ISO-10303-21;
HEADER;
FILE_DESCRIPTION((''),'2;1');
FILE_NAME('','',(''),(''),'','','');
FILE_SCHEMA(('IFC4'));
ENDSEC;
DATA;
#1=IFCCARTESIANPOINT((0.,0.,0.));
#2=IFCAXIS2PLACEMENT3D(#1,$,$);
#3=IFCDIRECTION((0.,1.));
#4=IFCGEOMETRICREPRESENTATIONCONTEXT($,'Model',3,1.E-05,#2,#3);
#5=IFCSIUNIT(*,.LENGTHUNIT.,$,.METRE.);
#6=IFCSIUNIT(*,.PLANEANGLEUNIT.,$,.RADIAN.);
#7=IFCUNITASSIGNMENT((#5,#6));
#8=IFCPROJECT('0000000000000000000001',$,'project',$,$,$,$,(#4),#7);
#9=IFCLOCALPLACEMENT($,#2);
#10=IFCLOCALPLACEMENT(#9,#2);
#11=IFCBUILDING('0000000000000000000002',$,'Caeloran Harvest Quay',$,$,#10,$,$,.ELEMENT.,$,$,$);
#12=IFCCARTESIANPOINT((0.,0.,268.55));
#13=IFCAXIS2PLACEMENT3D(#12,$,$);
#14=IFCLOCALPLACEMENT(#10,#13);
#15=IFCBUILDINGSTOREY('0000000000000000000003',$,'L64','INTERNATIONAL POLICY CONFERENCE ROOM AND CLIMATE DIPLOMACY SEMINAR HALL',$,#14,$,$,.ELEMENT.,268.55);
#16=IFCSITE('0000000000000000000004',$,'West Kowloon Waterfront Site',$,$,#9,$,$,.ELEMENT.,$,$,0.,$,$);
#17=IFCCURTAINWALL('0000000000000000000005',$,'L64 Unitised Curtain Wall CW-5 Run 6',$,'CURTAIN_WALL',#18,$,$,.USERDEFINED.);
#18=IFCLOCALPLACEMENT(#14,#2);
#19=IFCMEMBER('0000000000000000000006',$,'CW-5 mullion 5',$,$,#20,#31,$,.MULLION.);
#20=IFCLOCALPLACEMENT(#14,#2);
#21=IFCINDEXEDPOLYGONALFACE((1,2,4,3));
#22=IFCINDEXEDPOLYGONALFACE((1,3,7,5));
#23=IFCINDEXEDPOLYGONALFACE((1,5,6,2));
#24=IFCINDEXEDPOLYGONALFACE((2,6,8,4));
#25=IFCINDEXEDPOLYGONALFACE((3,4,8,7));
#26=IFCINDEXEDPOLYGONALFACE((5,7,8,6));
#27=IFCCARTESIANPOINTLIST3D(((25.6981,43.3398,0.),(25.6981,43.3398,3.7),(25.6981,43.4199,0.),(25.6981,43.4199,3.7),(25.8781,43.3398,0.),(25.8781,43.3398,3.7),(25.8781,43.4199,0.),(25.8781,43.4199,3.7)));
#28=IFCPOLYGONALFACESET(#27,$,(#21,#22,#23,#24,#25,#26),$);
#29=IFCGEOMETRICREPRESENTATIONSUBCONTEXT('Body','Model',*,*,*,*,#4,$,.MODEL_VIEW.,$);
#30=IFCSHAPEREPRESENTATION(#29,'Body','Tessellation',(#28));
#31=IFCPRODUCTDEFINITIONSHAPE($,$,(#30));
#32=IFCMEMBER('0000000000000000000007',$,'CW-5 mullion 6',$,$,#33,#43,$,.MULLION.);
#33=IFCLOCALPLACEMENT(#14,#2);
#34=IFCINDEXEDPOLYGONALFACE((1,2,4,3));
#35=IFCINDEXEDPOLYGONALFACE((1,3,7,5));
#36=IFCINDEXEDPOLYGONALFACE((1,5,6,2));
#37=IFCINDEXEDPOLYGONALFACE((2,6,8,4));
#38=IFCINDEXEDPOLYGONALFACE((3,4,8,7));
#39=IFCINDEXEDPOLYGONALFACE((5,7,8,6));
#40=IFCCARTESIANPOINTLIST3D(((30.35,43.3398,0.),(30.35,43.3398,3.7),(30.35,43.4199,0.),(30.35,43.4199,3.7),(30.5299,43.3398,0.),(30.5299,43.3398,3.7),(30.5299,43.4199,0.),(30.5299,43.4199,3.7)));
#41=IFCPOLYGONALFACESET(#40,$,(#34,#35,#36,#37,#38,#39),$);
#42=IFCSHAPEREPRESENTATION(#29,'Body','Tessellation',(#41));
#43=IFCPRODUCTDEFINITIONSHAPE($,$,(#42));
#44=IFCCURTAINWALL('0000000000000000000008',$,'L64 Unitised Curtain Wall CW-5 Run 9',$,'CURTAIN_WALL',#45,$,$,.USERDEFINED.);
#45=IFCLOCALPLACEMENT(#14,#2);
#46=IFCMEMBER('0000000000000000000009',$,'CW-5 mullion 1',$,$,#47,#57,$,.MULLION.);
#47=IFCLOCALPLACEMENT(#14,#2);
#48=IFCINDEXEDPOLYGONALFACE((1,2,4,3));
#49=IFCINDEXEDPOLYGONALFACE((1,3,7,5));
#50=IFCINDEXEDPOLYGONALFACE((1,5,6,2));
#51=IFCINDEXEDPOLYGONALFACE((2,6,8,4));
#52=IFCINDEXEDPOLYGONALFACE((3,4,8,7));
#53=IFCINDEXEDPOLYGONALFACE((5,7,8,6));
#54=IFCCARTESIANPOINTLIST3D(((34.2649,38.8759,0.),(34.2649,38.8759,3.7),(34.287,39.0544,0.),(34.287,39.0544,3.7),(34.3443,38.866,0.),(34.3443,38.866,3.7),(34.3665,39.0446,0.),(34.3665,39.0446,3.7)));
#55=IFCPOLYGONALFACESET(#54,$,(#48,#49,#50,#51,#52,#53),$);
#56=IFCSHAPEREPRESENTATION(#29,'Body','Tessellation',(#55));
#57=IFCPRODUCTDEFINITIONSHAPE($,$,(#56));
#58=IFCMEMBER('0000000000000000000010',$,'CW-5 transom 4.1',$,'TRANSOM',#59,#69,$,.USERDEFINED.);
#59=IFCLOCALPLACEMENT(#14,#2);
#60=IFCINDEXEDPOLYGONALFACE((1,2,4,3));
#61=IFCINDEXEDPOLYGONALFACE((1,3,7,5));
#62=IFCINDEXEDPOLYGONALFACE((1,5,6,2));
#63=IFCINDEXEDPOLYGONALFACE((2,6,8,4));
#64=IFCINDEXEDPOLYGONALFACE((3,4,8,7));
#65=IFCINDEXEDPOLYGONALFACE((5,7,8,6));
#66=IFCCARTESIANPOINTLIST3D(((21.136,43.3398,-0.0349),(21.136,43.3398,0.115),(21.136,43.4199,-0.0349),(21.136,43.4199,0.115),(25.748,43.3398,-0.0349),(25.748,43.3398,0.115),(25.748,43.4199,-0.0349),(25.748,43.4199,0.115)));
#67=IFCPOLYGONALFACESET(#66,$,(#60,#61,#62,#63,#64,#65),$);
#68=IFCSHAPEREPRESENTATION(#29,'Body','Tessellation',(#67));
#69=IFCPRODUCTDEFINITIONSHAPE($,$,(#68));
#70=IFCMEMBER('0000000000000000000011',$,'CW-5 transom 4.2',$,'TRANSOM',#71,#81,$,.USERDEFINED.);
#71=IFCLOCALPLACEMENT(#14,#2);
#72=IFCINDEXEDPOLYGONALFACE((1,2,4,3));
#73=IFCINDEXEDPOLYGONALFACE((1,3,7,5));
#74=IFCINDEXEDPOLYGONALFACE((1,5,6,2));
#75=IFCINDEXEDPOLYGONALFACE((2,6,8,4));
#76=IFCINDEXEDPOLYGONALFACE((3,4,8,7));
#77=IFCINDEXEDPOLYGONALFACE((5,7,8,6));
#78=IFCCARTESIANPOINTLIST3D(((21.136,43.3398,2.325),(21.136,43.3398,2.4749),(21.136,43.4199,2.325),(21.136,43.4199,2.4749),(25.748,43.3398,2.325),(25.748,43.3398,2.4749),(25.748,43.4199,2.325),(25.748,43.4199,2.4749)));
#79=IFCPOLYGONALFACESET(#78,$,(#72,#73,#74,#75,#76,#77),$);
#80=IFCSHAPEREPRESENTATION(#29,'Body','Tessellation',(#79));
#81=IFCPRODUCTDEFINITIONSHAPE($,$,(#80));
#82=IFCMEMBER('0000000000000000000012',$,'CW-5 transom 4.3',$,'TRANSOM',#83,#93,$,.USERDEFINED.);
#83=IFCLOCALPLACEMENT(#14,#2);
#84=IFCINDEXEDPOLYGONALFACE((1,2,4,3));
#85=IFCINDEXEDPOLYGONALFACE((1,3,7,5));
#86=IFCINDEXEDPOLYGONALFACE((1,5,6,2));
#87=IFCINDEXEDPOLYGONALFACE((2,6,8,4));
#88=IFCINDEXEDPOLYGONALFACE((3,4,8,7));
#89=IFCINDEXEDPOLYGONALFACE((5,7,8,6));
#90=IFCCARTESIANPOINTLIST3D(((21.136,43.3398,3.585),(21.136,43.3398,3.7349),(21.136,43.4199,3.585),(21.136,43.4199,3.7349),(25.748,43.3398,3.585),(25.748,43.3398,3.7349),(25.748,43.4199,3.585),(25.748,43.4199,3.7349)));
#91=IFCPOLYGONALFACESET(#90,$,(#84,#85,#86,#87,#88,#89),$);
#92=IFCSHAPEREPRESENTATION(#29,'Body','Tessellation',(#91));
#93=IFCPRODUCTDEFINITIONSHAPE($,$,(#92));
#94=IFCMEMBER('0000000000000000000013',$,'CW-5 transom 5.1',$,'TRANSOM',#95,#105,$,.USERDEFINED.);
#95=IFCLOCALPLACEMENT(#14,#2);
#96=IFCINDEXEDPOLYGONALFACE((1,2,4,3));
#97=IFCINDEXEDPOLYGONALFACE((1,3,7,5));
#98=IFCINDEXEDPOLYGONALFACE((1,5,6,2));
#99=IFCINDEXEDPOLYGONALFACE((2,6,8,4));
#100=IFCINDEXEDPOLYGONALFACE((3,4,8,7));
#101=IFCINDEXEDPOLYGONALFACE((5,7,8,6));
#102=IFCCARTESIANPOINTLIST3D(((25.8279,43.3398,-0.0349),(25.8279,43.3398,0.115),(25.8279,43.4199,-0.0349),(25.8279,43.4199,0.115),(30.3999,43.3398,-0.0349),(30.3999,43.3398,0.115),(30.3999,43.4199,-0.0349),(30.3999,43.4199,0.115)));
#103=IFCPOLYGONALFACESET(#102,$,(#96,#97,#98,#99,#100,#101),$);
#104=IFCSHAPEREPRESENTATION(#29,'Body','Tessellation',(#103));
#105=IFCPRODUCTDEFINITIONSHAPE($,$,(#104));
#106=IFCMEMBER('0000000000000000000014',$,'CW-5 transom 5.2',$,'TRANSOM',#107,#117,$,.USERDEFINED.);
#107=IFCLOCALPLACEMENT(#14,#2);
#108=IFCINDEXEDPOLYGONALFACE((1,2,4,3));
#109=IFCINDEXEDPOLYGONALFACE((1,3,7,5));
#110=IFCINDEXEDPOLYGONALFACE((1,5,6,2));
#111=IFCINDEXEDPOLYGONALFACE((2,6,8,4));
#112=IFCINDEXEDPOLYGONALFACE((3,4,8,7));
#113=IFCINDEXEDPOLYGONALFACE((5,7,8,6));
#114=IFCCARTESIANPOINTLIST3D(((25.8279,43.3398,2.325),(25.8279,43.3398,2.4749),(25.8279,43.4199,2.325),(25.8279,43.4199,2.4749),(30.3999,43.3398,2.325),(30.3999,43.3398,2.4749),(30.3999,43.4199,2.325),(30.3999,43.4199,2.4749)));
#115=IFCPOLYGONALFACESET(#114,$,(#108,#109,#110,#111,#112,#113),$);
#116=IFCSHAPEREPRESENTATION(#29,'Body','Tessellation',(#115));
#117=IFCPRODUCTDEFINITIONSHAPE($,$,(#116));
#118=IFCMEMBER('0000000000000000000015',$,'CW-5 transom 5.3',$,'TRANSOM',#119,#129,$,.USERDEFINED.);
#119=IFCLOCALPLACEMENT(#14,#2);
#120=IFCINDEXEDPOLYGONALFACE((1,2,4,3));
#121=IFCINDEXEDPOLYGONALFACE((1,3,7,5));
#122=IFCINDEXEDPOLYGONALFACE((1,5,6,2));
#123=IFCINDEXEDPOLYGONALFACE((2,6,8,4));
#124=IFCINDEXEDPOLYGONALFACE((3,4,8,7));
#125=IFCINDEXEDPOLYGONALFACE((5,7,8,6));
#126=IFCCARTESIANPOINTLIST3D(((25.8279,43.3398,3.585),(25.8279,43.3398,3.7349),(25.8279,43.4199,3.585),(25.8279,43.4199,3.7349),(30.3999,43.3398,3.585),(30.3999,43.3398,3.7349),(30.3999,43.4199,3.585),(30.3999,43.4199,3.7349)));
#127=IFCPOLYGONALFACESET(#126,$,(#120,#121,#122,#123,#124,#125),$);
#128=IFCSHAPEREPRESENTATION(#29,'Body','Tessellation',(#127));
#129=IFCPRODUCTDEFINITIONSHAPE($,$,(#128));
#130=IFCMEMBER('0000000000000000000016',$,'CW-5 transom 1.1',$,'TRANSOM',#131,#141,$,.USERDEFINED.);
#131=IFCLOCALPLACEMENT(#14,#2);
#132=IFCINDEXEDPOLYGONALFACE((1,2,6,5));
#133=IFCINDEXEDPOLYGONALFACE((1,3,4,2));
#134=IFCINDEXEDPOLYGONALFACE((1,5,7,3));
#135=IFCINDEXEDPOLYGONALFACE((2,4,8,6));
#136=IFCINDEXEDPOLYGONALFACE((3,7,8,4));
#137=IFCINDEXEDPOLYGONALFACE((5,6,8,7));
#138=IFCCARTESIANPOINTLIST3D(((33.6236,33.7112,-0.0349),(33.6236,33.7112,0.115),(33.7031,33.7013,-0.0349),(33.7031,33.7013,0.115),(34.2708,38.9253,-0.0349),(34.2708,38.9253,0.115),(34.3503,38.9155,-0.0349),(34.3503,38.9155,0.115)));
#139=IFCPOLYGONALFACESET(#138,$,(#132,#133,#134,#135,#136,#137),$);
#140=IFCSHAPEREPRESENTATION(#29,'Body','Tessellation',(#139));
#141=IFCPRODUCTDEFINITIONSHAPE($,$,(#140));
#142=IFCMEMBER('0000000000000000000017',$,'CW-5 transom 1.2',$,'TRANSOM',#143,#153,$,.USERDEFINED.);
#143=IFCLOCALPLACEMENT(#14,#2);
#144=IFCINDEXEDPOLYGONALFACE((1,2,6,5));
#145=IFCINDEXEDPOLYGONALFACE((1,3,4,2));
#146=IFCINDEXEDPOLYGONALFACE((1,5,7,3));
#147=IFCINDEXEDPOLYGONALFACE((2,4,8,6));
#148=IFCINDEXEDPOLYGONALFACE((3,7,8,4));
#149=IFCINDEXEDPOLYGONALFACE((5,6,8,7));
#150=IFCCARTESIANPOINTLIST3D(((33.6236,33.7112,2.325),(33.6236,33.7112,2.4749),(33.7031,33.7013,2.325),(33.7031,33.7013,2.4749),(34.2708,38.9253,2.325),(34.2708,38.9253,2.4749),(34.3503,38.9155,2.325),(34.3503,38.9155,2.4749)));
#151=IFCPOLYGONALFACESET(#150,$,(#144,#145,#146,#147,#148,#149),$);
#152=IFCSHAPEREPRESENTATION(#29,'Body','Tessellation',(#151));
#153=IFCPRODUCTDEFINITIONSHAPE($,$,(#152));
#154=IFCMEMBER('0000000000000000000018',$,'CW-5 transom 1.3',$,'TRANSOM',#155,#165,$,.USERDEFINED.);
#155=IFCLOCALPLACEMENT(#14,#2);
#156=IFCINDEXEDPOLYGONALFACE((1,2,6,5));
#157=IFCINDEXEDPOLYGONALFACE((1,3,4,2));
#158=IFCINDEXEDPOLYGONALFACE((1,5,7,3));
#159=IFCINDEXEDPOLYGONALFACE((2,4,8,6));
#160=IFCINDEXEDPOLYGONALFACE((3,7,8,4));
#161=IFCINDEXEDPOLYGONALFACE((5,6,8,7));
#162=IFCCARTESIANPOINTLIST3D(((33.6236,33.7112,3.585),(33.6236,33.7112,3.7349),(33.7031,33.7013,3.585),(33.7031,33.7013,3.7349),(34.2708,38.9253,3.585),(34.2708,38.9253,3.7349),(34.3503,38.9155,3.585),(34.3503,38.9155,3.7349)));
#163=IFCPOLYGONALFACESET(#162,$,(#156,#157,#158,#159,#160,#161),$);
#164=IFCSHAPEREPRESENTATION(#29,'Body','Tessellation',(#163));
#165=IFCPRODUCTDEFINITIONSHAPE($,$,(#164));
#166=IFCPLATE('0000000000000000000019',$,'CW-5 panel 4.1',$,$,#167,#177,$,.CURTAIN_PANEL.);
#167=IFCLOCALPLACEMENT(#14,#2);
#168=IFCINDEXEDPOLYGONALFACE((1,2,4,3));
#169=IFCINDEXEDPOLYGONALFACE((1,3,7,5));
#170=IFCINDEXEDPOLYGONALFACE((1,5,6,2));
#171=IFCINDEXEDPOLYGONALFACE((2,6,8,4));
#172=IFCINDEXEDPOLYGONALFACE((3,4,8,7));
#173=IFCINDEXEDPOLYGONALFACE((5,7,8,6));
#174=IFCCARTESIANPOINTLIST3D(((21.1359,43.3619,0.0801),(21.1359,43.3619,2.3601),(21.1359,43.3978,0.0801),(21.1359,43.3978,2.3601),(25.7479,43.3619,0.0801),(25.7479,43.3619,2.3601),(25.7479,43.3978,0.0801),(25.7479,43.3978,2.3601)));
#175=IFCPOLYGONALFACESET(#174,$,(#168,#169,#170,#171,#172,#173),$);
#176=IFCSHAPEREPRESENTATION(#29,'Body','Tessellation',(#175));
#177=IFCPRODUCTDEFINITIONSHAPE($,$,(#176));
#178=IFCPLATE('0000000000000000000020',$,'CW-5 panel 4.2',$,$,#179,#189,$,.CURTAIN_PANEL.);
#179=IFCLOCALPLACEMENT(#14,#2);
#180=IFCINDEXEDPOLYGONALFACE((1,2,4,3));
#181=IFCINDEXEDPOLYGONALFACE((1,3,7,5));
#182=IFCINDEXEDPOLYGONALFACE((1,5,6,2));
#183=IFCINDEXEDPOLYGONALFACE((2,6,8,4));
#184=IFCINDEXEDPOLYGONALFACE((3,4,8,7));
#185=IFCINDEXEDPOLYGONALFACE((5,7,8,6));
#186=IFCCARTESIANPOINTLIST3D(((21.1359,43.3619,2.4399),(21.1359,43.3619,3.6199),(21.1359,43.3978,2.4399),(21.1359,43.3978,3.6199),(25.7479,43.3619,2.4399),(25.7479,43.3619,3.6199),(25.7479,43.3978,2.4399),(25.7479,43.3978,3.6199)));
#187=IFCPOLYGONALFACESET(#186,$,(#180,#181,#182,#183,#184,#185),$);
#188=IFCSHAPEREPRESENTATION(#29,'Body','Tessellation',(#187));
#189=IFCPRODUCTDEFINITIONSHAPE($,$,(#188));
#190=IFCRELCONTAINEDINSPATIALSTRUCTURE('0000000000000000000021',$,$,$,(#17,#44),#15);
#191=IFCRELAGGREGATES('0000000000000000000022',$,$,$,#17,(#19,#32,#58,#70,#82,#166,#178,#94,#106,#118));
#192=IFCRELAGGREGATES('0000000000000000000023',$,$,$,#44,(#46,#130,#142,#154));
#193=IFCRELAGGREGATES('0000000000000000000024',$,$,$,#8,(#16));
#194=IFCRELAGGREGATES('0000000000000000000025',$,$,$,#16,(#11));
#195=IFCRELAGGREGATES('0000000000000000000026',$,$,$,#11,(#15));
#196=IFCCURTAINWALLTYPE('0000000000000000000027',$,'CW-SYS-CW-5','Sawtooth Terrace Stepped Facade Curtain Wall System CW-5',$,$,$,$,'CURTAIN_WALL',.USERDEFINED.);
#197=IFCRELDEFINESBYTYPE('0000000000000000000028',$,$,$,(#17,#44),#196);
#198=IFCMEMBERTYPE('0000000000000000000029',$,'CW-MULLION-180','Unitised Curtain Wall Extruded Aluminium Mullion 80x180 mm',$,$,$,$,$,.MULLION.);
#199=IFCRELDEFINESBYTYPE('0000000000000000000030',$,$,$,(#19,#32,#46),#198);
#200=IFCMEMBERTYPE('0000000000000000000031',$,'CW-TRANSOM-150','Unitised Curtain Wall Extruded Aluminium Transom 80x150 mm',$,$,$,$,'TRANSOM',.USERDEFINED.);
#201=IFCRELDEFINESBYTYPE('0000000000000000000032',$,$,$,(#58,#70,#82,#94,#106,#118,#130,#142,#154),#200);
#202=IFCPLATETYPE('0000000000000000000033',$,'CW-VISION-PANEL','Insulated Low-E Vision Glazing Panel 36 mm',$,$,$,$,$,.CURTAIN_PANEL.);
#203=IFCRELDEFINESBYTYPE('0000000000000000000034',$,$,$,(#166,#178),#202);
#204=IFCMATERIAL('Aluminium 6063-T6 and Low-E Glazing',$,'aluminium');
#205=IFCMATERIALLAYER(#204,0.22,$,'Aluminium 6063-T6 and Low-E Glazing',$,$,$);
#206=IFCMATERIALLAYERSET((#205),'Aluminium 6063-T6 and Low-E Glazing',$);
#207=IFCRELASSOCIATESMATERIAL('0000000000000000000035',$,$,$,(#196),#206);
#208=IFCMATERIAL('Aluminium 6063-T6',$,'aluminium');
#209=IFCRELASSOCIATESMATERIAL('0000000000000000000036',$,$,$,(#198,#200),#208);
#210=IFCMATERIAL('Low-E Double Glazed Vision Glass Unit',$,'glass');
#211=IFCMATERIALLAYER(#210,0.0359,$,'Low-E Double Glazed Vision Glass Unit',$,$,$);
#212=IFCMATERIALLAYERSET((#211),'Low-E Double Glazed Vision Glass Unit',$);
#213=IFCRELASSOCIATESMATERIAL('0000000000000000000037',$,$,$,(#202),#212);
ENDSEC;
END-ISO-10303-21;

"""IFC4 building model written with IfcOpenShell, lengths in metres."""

from ifc_helpers import new_model, si_unit, direction, frame, origin, origin_2d, place, context, subcontext, project, spatial, rectangle, extrude, material, layer, layer_set, material_profile, profile_set, type_object, element, aggregate, save


model = new_model("IFC4")

# Units and contexts
model_context = context("Model", 3, precision=1e-05, world=origin(), true_north=direction((0.0, 1.0)))
body_context = subcontext(model_context, "Body", "Model", "MODEL_VIEW")
ifc_project = project(units=[si_unit("LENGTHUNIT", "METRE"), si_unit("PLANEANGLEUNIT", "RADIAN")], contexts=[model_context])

# Site, building, storey
site_placement = place(None, origin())
site = spatial("IfcSite", under=ifc_project, at=site_placement, Name="West Kowloon Waterfront Site", CompositionType="ELEMENT", RefElevation=0.0)
building_placement = place(site_placement, origin())
building = spatial("IfcBuilding", under=site, at=building_placement, Name="Caeloran Harvest Quay", CompositionType="ELEMENT")
storey_placement = place(building_placement, frame((0.0, 0.0, 268.55)))
storey = spatial("IfcBuildingStorey", under=building, at=storey_placement, Name="L64", Description="INTERNATIONAL POLICY CONFERENCE ROOM AND CLIMATE DIPLOMACY SEMINAR HALL", CompositionType="ELEMENT", Elevation=268.55)

# Curtain wall, members
ifc_material_1 = material(Name="Aluminium 6063-T6 and Low-E Glazing", Category="aluminium")
ifc_layer_1 = layer(ifc_material_1, 0.22, Name="Aluminium 6063-T6 and Low-E Glazing")
ifc_layer_set_1 = layer_set([ifc_layer_1], Name="Aluminium 6063-T6 and Low-E Glazing")
curtain_wall_type = type_object("IfcCurtainWallType", Name="CW-SYS-CW-5", Description="Sawtooth Terrace Stepped Facade Curtain Wall System CW-5", ElementType="CURTAIN_WALL", PredefinedType="USERDEFINED", material=ifc_layer_set_1)
curtain_wall_1_placement = place(storey_placement, origin())
curtain_wall_1 = element("IfcCurtainWall", 1, at=curtain_wall_1_placement, inside=storey, type_object=curtain_wall_type, Name="L64 Unitised Curtain Wall CW-5 Run 6", ObjectType="CURTAIN_WALL", PredefinedType="USERDEFINED")
ifc_material_2 = material(Name="Aluminium 6063-T6", Category="aluminium")
ifc_material_profile_1 = material_profile(ifc_material_2, rectangle(XDim=0.0801, YDim=0.1799, at=origin_2d()), Name="CW-MULLION-180")
ifc_profile_set_1 = profile_set([ifc_material_profile_1], Name="Aluminium 6063-T6")
member_type_1 = type_object("IfcMemberType", Name="CW-MULLION-180", Description="Unitised Curtain Wall Extruded Aluminium Mullion 80x180 mm", PredefinedType="MULLION", material=ifc_profile_set_1)
member_1_placement = place(storey_placement, frame((25.7881, 43.3799, 0.0), z_axis=(0.0, 0.0, 1.0), x_axis=(0.0, 1.0, 0.0)))
member_1 = element("IfcMember", 2, at=member_1_placement, type_object=member_type_1, Name="CW-5 mullion 5", PredefinedType="MULLION", context=body_context, shape_type="SweptSolid", body=[
    extrude(rectangle(XDim=0.0801, YDim=0.1799, at=origin_2d()), origin(), (0.0, 0.0, 1.0), 3.7),
])
member_2_placement = place(storey_placement, frame((30.4399, 43.3799, 0.0), z_axis=(0.0, 0.0, 1.0), x_axis=(0.0, 1.0, 0.0)))
member_2 = element("IfcMember", 3, at=member_2_placement, type_object=member_type_1, Name="CW-5 mullion 6", PredefinedType="MULLION", context=body_context, shape_type="SweptSolid", body=[
    extrude(rectangle(XDim=0.0801, YDim=0.1799, at=origin_2d()), origin(), (0.0, 0.0, 1.0), 3.7),
])

# Curtain wall, member
curtain_wall_2_placement = place(storey_placement, origin())
curtain_wall_2 = element("IfcCurtainWall", 4, at=curtain_wall_2_placement, inside=storey, type_object=curtain_wall_type, Name="L64 Unitised Curtain Wall CW-5 Run 9", ObjectType="CURTAIN_WALL", PredefinedType="USERDEFINED")
member_3_placement = place(storey_placement, frame((34.3157, 38.9602, 0.0), z_axis=(0.0, 0.0, 1.0), x_axis=(0.992383, -0.12319, 0.0)))
member_3 = element("IfcMember", 5, at=member_3_placement, type_object=member_type_1, Name="CW-5 mullion 1", PredefinedType="MULLION", context=body_context, shape_type="SweptSolid", body=[
    extrude(rectangle(XDim=0.0801, YDim=0.1799, at=origin_2d()), origin(), (0.0, 0.0, 1.0), 3.7),
])

# Members
ifc_material_profile_2 = material_profile(ifc_material_2, rectangle(XDim=0.0801, YDim=0.1499, at=origin_2d()), Name="CW-TRANSOM-150")
ifc_profile_set_2 = profile_set([ifc_material_profile_2], Name="Aluminium 6063-T6")
member_type_2 = type_object("IfcMemberType", Name="CW-TRANSOM-150", Description="Unitised Curtain Wall Extruded Aluminium Transom 80x150 mm", ElementType="TRANSOM", PredefinedType="USERDEFINED", material=ifc_profile_set_2)
member_4_placement = place(storey_placement, frame((21.136, 43.3799, 0.04), z_axis=(1.0, 0.0, 0.0), x_axis=(0.0, 1.0, 0.0)))
member_4 = element("IfcMember", 6, at=member_4_placement, type_object=member_type_2, Name="CW-5 transom 4.1", ObjectType="TRANSOM", PredefinedType="USERDEFINED", context=body_context, shape_type="SweptSolid", body=[
    extrude(rectangle(XDim=0.0801, YDim=0.1499, at=origin_2d()), origin(), (0.0, 0.0, 1.0), 4.6121),
])
member_5_placement = place(storey_placement, frame((21.136, 43.3799, 2.3999), z_axis=(1.0, 0.0, 0.0), x_axis=(0.0, 1.0, 0.0)))
member_5 = element("IfcMember", 7, at=member_5_placement, type_object=member_type_2, Name="CW-5 transom 4.2", ObjectType="TRANSOM", PredefinedType="USERDEFINED", context=body_context, shape_type="SweptSolid", body=[
    extrude(rectangle(XDim=0.0801, YDim=0.1499, at=origin_2d()), origin(), (0.0, 0.0, 1.0), 4.6121),
])
member_6_placement = place(storey_placement, frame((21.136, 43.3799, 3.6599), z_axis=(1.0, 0.0, 0.0), x_axis=(0.0, 1.0, 0.0)))
member_6 = element("IfcMember", 8, at=member_6_placement, type_object=member_type_2, Name="CW-5 transom 4.3", ObjectType="TRANSOM", PredefinedType="USERDEFINED", context=body_context, shape_type="SweptSolid", body=[
    extrude(rectangle(XDim=0.0801, YDim=0.1499, at=origin_2d()), origin(), (0.0, 0.0, 1.0), 4.6121),
])
member_7_placement = place(storey_placement, frame((25.8279, 43.3799, 0.04), z_axis=(1.0, 0.0, 0.0), x_axis=(0.0, 1.0, 0.0)))
member_7 = element("IfcMember", 9, at=member_7_placement, type_object=member_type_2, Name="CW-5 transom 5.1", ObjectType="TRANSOM", PredefinedType="USERDEFINED", context=body_context, shape_type="SweptSolid", body=[
    extrude(rectangle(XDim=0.0801, YDim=0.1499, at=origin_2d()), origin(), (0.0, 0.0, 1.0), 4.572),
])
member_8_placement = place(storey_placement, frame((25.8279, 43.3799, 2.3999), z_axis=(1.0, 0.0, 0.0), x_axis=(0.0, 1.0, 0.0)))
member_8 = element("IfcMember", 10, at=member_8_placement, type_object=member_type_2, Name="CW-5 transom 5.2", ObjectType="TRANSOM", PredefinedType="USERDEFINED", context=body_context, shape_type="SweptSolid", body=[
    extrude(rectangle(XDim=0.0801, YDim=0.1499, at=origin_2d()), origin(), (0.0, 0.0, 1.0), 4.572),
])
member_9_placement = place(storey_placement, frame((25.8279, 43.3799, 3.6599), z_axis=(1.0, 0.0, 0.0), x_axis=(0.0, 1.0, 0.0)))
member_9 = element("IfcMember", 11, at=member_9_placement, type_object=member_type_2, Name="CW-5 transom 5.3", ObjectType="TRANSOM", PredefinedType="USERDEFINED", context=body_context, shape_type="SweptSolid", body=[
    extrude(rectangle(XDim=0.0801, YDim=0.1499, at=origin_2d()), origin(), (0.0, 0.0, 1.0), 4.572),
])
member_10_placement = place(storey_placement, frame((34.3105, 38.9204, 0.04), z_axis=(-0.123183, -0.992384, 0.0), x_axis=(0.992384, -0.123183, 0.0)))
member_10 = element("IfcMember", 12, at=member_10_placement, type_object=member_type_2, Name="CW-5 transom 1.1", ObjectType="TRANSOM", PredefinedType="USERDEFINED", context=body_context, shape_type="SweptSolid", body=[
    extrude(rectangle(XDim=0.0801, YDim=0.1499, at=origin_2d()), origin(), (0.0, 0.0, 1.0), 5.2542),
])
member_11_placement = place(storey_placement, frame((34.3105, 38.9204, 2.3999), z_axis=(-0.123183, -0.992384, 0.0), x_axis=(0.992384, -0.123183, 0.0)))
member_11 = element("IfcMember", 13, at=member_11_placement, type_object=member_type_2, Name="CW-5 transom 1.2", ObjectType="TRANSOM", PredefinedType="USERDEFINED", context=body_context, shape_type="SweptSolid", body=[
    extrude(rectangle(XDim=0.0801, YDim=0.1499, at=origin_2d()), origin(), (0.0, 0.0, 1.0), 5.2542),
])
member_12_placement = place(storey_placement, frame((34.3105, 38.9204, 3.6599), z_axis=(-0.123183, -0.992384, 0.0), x_axis=(0.992384, -0.123183, 0.0)))
member_12 = element("IfcMember", 14, at=member_12_placement, type_object=member_type_2, Name="CW-5 transom 1.3", ObjectType="TRANSOM", PredefinedType="USERDEFINED", context=body_context, shape_type="SweptSolid", body=[
    extrude(rectangle(XDim=0.0801, YDim=0.1499, at=origin_2d()), origin(), (0.0, 0.0, 1.0), 5.2542),
])

# Plates
ifc_material_3 = material(Name="Low-E Double Glazed Vision Glass Unit", Category="glass")
ifc_layer_2 = layer(ifc_material_3, 0.0359, Name="Low-E Double Glazed Vision Glass Unit")
ifc_layer_set_2 = layer_set([ifc_layer_2], Name="Low-E Double Glazed Vision Glass Unit")
plate_type = type_object("IfcPlateType", Name="CW-VISION-PANEL", Description="Insulated Low-E Vision Glazing Panel 36 mm", PredefinedType="CURTAIN_PANEL", material=ifc_layer_set_2)
plate_1_placement = place(storey_placement, frame((23.4419, 43.3799, 0.0801), z_axis=(0.0, 0.0, 1.0), x_axis=(1.0, 0.0, 0.0)))
plate_1 = element("IfcPlate", 15, at=plate_1_placement, type_object=plate_type, Name="CW-5 panel 4.1", PredefinedType="CURTAIN_PANEL", context=body_context, shape_type="SweptSolid", body=[
    extrude(rectangle(XDim=4.6121, YDim=0.0359, at=origin_2d()), origin(), (0.0, 0.0, 1.0), 2.28),
])
plate_2_placement = place(storey_placement, frame((23.4419, 43.3799, 2.4399), z_axis=(0.0, 0.0, 1.0), x_axis=(1.0, 0.0, 0.0)))
plate_2 = element("IfcPlate", 16, at=plate_2_placement, type_object=plate_type, Name="CW-5 panel 4.2", PredefinedType="CURTAIN_PANEL", context=body_context, shape_type="SweptSolid", body=[
    extrude(rectangle(XDim=4.6121, YDim=0.0359, at=origin_2d()), origin(), (0.0, 0.0, 1.0), 1.1799),
])
aggregate(curtain_wall_1, [member_1, member_2, member_4, member_5, member_6, plate_1, plate_2, member_7, member_8, member_9])
aggregate(curtain_wall_2, [member_3, member_10, member_11, member_12])

save(model, "model.ifc")
